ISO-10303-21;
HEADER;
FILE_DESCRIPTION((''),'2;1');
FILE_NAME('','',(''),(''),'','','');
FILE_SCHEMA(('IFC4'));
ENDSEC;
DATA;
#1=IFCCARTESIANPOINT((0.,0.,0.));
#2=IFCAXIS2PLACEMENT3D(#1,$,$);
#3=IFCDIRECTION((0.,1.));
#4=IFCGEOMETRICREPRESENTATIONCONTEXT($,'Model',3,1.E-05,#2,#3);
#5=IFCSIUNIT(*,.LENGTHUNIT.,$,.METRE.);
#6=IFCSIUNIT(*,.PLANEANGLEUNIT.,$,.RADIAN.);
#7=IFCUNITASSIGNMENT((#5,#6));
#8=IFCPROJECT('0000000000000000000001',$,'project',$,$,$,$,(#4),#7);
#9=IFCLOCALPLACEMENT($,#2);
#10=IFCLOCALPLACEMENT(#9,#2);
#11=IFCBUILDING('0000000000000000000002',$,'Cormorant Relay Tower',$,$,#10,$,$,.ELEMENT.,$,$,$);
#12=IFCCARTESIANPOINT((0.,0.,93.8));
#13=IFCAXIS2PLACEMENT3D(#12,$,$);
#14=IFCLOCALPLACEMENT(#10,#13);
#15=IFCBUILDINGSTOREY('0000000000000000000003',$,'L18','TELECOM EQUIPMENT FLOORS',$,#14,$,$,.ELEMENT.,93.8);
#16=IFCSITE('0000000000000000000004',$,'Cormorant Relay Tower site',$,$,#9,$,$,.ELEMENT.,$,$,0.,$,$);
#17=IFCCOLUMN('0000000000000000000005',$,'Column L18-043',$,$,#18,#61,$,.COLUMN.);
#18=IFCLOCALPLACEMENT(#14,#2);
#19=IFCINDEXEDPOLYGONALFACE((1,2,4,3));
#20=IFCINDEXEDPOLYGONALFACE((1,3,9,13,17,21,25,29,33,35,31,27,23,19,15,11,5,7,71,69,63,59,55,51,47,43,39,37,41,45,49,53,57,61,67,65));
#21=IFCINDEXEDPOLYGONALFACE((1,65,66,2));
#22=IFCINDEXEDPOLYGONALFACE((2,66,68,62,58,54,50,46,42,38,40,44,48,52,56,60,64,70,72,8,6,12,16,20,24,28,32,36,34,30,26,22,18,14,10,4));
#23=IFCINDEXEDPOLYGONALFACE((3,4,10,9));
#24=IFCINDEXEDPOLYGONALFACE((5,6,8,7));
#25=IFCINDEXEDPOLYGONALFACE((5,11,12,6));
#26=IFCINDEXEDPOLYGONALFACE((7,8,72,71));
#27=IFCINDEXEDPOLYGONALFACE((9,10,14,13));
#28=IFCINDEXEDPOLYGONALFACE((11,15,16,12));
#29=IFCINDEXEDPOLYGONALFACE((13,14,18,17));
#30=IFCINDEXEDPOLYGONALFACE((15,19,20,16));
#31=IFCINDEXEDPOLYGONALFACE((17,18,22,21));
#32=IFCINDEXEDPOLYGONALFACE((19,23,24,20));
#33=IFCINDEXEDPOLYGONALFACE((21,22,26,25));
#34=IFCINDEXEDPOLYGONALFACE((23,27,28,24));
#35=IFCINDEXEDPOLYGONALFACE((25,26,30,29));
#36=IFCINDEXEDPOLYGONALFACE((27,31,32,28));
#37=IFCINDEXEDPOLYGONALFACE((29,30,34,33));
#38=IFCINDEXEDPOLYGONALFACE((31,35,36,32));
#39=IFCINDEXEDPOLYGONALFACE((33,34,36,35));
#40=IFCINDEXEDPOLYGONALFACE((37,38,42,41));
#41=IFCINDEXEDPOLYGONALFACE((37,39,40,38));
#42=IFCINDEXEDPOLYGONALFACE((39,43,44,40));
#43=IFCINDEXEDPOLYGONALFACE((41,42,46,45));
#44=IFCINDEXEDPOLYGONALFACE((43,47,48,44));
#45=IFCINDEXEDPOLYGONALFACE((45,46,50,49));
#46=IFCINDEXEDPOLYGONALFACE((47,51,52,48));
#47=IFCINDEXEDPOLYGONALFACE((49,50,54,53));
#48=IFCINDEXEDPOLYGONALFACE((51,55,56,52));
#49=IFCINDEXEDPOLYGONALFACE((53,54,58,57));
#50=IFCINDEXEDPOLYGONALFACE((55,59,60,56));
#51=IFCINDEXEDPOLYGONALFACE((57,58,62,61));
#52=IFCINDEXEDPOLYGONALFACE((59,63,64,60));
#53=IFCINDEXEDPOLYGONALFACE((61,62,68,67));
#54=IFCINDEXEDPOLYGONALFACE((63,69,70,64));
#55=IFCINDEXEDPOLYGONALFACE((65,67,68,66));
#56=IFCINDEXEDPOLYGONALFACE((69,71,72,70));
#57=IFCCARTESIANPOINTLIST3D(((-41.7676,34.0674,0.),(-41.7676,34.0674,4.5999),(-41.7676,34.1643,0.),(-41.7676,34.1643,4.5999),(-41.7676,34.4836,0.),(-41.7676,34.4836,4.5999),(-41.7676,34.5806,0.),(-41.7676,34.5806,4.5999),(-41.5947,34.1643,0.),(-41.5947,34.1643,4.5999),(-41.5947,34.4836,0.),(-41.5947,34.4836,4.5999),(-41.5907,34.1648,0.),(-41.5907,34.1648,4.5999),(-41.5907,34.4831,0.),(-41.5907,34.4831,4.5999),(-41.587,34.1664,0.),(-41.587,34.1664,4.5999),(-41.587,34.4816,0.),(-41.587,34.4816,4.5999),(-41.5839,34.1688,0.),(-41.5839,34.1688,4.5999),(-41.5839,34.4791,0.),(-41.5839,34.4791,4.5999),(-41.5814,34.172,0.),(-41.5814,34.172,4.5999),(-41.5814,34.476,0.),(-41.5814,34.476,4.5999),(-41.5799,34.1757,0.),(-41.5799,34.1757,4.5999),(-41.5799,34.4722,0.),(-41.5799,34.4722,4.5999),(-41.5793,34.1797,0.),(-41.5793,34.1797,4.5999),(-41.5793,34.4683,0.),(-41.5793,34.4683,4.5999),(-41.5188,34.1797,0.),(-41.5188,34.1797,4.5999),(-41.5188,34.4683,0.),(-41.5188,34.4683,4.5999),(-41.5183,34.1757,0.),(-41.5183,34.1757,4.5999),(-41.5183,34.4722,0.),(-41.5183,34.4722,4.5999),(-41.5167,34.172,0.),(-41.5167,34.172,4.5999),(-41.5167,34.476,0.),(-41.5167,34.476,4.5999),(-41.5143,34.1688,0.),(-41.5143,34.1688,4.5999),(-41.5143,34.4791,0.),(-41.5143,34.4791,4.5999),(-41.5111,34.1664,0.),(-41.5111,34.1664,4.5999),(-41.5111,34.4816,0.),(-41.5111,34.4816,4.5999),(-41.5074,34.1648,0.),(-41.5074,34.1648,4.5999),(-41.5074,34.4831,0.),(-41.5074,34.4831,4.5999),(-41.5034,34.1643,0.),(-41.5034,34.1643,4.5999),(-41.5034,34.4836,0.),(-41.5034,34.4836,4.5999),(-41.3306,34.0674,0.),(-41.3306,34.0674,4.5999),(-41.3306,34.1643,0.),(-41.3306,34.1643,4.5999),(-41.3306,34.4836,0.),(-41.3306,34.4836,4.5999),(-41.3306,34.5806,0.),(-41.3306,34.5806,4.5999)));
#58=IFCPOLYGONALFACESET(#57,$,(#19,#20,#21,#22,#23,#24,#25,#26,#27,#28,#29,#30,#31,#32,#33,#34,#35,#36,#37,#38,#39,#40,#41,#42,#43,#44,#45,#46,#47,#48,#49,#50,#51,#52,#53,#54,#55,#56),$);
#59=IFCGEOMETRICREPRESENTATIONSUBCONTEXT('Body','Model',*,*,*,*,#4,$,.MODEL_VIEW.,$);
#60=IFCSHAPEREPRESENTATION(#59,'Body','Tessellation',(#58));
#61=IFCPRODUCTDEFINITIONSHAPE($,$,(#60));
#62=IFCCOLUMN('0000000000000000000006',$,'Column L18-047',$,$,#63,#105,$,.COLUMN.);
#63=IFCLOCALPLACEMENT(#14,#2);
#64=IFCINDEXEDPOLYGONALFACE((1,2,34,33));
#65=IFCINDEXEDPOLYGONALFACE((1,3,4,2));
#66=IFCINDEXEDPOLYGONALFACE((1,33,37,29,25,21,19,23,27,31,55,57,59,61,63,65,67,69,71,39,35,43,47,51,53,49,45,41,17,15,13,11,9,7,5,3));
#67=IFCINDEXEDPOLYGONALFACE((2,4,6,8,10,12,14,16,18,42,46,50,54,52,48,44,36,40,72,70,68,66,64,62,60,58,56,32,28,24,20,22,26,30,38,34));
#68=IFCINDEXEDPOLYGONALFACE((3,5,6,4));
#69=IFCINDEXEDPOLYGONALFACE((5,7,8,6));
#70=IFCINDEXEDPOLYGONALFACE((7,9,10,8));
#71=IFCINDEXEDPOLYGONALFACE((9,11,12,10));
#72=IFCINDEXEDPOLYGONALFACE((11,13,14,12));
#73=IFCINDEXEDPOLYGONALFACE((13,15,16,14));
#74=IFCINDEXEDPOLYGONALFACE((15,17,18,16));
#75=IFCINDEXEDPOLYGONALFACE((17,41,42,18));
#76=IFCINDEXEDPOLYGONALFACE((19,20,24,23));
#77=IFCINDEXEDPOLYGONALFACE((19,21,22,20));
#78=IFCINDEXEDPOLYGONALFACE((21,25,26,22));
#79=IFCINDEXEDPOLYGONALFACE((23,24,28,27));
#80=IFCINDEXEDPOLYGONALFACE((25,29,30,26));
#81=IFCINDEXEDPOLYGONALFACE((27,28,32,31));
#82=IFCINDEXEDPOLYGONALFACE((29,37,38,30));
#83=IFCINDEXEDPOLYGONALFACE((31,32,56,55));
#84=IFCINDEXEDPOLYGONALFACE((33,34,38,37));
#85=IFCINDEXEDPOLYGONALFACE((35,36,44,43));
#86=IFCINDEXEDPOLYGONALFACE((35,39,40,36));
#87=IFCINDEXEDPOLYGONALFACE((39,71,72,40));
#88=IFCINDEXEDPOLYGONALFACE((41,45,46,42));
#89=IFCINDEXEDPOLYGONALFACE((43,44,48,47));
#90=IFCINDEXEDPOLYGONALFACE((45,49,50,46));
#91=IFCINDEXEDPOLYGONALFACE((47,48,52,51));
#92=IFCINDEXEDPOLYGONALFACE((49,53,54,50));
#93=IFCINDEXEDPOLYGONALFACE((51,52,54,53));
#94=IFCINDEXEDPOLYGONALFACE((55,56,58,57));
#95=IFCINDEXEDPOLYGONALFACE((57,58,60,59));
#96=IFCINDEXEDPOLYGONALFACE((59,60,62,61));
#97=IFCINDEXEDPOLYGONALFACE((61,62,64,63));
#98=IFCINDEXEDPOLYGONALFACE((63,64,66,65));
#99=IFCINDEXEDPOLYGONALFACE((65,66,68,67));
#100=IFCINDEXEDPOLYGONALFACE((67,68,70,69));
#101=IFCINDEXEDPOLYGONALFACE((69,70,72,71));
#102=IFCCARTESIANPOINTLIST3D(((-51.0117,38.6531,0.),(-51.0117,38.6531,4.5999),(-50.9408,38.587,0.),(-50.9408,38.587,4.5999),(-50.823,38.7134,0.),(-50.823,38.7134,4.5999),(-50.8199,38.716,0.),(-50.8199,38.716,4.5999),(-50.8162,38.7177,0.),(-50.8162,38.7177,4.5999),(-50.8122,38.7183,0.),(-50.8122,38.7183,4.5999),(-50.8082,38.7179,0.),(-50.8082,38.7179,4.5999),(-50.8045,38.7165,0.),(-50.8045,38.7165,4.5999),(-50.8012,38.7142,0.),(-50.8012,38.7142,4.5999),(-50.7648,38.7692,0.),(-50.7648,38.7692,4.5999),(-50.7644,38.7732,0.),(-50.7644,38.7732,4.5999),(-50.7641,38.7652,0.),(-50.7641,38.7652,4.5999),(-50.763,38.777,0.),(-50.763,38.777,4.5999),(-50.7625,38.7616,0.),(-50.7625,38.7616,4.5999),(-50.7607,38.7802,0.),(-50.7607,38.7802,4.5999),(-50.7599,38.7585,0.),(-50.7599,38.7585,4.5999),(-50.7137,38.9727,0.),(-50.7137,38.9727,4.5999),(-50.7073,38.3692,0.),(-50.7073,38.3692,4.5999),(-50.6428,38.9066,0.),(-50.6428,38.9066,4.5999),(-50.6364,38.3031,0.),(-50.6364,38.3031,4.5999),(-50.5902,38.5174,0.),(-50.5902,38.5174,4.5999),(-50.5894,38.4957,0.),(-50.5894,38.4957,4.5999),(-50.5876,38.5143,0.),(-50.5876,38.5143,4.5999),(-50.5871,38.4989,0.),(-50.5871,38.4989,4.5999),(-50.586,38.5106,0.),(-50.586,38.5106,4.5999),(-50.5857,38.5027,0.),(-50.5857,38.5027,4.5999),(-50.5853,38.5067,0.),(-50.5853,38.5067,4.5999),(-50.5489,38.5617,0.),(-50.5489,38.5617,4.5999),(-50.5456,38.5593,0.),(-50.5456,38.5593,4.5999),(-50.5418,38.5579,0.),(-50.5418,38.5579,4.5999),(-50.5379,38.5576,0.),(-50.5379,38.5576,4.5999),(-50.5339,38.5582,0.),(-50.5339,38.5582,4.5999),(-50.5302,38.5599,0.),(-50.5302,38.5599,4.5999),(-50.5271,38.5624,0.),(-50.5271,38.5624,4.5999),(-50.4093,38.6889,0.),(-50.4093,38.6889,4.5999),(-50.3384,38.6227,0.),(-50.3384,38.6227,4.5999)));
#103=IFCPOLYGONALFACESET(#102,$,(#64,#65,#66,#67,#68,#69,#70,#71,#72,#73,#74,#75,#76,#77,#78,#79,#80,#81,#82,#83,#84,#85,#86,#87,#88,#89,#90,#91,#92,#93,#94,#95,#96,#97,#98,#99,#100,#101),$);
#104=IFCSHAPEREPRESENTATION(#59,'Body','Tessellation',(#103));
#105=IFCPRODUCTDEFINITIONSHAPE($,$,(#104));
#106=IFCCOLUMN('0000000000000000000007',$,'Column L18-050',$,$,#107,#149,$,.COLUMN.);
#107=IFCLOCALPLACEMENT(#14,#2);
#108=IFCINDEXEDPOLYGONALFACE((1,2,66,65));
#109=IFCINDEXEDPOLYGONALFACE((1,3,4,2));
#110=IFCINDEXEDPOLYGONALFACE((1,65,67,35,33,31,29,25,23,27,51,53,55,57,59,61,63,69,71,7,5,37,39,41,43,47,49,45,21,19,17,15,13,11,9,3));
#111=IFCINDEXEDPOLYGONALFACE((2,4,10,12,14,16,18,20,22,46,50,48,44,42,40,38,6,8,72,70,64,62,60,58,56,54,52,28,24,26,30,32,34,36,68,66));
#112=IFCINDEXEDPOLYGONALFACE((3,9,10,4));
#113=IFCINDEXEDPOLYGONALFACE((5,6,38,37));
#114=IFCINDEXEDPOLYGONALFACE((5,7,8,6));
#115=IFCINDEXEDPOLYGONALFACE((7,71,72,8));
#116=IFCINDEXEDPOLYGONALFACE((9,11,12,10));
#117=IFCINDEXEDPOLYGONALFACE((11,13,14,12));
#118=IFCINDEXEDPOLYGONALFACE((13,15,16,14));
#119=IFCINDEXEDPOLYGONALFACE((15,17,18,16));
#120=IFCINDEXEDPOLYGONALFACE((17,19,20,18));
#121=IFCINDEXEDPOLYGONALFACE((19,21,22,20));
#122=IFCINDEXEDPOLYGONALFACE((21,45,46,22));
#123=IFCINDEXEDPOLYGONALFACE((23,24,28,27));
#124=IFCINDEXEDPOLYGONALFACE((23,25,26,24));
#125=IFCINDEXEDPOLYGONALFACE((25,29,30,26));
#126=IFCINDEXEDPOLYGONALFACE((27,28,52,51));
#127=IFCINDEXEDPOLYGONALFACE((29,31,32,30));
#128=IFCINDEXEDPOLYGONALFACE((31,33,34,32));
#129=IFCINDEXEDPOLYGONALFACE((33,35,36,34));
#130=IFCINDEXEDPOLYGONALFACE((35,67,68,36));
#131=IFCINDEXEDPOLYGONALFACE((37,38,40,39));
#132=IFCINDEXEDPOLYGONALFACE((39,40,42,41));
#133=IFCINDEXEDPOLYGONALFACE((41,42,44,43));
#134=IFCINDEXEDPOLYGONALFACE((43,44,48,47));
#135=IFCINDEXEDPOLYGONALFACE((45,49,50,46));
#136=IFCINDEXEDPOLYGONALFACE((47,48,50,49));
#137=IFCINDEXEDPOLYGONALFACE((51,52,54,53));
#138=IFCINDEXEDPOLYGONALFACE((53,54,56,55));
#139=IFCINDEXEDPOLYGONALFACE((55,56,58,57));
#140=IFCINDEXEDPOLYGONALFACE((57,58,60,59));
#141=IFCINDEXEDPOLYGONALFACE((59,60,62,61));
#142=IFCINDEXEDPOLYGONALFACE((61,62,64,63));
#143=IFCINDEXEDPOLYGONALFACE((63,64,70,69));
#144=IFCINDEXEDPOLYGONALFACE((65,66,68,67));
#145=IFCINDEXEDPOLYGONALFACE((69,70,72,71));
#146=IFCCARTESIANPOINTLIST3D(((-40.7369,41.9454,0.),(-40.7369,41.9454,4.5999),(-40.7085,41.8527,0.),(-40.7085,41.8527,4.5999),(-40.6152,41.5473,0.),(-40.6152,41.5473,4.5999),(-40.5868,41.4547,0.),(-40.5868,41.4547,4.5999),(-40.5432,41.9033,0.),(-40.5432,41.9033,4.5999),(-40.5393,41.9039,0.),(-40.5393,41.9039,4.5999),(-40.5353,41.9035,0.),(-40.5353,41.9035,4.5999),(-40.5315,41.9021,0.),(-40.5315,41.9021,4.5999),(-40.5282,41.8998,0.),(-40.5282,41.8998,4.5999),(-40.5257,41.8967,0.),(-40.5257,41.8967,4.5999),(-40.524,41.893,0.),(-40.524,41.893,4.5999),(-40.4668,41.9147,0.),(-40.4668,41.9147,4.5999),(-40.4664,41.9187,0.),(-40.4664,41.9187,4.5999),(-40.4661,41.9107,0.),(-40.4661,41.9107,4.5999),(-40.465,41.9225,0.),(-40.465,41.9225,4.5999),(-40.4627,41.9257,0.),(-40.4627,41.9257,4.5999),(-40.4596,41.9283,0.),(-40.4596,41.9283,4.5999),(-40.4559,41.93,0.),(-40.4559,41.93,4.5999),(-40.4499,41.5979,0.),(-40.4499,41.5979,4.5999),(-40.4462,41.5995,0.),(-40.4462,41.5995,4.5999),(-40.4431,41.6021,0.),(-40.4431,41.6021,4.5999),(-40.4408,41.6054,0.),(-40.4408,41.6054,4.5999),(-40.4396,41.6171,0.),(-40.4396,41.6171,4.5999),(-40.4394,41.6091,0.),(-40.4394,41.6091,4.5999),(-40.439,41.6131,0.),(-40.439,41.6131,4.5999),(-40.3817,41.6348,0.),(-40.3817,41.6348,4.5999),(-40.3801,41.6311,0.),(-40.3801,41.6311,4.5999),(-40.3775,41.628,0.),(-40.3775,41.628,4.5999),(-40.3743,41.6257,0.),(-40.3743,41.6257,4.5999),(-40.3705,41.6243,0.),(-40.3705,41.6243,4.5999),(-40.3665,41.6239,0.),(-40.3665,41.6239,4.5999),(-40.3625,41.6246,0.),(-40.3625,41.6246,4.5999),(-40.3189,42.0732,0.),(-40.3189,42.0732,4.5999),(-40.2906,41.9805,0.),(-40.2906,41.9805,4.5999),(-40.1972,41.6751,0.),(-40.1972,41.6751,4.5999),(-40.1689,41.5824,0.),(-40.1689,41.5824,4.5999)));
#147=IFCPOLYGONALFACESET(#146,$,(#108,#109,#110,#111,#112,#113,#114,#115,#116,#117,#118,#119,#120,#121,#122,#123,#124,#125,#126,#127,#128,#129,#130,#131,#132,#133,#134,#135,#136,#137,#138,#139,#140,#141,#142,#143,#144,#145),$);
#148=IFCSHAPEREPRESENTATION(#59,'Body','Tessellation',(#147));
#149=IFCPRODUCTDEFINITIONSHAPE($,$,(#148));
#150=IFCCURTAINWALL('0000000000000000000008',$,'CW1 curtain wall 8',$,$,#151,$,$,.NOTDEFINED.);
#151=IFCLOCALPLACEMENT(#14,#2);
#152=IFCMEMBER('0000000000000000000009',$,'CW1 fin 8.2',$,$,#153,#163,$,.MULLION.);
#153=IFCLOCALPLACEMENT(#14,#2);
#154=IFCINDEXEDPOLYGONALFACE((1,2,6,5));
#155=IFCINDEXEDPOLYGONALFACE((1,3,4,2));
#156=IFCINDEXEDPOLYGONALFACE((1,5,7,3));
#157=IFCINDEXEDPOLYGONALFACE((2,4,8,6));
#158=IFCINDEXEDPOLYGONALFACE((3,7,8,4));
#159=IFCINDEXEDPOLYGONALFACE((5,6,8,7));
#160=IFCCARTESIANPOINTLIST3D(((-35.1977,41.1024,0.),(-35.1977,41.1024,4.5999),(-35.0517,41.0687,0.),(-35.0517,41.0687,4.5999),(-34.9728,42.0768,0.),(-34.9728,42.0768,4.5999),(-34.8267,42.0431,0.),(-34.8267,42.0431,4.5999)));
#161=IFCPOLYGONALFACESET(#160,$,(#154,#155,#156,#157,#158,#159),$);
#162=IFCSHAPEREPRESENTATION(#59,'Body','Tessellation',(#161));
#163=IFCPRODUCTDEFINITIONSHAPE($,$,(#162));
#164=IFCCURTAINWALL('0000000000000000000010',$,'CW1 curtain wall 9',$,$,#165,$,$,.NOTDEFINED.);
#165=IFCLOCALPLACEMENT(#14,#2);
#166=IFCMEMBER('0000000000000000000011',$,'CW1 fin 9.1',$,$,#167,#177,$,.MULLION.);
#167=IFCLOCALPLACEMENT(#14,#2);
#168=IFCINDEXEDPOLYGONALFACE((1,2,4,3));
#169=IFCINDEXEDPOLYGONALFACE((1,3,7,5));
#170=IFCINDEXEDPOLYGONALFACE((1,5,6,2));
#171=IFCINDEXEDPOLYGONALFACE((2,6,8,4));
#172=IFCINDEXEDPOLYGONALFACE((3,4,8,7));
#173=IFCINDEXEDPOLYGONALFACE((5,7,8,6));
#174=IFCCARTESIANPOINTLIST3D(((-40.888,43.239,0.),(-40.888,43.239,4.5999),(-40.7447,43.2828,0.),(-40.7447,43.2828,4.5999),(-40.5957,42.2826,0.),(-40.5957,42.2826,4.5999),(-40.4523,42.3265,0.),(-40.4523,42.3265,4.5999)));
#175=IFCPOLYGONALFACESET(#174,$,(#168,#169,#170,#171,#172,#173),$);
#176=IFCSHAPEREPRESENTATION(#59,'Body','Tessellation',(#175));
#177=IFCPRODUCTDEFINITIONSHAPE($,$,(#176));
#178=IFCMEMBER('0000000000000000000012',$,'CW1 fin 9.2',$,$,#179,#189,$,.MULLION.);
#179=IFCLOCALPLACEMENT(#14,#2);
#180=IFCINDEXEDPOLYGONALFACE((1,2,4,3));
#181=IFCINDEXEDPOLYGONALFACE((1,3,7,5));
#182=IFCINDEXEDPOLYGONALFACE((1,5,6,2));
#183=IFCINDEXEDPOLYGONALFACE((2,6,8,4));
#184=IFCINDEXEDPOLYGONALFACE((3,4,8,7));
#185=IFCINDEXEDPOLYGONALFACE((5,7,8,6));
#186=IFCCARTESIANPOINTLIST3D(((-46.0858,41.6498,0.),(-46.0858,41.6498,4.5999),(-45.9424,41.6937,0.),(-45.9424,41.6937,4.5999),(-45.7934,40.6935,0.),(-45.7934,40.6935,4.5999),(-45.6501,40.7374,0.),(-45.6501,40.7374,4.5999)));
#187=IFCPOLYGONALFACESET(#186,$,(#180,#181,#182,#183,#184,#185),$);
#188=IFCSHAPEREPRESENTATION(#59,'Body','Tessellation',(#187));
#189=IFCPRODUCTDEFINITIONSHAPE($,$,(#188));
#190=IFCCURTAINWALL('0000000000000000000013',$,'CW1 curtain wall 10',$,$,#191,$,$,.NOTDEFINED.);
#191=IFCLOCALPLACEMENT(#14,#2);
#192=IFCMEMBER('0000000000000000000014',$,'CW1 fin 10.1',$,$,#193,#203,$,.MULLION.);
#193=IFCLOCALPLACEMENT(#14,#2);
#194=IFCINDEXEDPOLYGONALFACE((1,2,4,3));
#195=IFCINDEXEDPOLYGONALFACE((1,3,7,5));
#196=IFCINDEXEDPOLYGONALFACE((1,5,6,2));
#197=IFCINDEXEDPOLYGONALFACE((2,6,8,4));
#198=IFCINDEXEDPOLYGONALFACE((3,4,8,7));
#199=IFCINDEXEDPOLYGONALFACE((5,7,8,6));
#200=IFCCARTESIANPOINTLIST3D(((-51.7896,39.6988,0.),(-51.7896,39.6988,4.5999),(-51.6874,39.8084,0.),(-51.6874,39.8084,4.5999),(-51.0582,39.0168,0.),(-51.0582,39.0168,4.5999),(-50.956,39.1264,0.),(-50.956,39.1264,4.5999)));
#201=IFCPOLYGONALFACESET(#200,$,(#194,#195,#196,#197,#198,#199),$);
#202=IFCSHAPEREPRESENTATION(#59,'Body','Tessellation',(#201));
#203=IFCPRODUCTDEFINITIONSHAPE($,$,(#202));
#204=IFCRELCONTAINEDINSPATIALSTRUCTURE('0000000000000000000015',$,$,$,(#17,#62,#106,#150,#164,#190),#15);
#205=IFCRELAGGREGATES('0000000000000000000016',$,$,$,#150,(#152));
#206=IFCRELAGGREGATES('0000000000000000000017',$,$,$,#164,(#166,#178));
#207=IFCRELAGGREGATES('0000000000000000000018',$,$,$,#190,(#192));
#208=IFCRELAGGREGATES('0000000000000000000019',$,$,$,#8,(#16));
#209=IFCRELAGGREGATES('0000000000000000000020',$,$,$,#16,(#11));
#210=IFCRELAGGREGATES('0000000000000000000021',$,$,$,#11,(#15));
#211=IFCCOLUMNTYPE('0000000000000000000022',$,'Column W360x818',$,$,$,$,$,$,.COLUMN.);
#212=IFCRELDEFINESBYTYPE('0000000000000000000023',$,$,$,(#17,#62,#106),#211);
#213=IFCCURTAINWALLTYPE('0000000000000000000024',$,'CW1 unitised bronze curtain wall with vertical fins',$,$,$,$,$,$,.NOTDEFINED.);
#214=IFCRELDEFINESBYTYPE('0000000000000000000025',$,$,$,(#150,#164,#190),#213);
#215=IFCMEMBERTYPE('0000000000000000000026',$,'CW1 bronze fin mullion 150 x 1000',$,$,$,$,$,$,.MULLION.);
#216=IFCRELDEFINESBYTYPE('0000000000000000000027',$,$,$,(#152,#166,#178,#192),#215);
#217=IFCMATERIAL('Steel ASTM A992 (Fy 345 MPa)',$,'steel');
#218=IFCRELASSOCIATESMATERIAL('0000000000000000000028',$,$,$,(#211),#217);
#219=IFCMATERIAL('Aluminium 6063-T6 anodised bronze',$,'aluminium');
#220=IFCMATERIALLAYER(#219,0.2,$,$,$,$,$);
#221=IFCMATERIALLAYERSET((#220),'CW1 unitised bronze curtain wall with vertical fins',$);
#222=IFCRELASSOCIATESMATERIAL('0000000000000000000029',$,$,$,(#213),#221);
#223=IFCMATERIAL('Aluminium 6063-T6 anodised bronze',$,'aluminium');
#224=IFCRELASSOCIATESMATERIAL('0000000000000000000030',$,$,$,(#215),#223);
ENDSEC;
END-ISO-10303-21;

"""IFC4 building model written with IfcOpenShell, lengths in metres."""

from ifc_helpers import new_model, si_unit, direction, frame, origin, origin_2d, place, context, subcontext, project, spatial, rectangle, i_section, extrude, material, layer, layer_set, material_profile, profile_set, type_object, element, aggregate, save


model = new_model("IFC4")

# Units and contexts
model_context = context("Model", 3, precision=1e-05, world=origin(), true_north=direction((0.0, 1.0)))
body_context = subcontext(model_context, "Body", "Model", "MODEL_VIEW")
ifc_project = project(units=[si_unit("LENGTHUNIT", "METRE"), si_unit("PLANEANGLEUNIT", "RADIAN")], contexts=[model_context])

# Site, building, storey
site_placement = place(None, origin())
site = spatial("IfcSite", under=ifc_project, at=site_placement, Name="Cormorant Relay Tower site", CompositionType="ELEMENT", RefElevation=0.0)
building_placement = place(site_placement, origin())
building = spatial("IfcBuilding", under=site, at=building_placement, Name="Cormorant Relay Tower", CompositionType="ELEMENT")
storey_placement = place(building_placement, frame((0.0, 0.0, 93.8)))
storey = spatial("IfcBuildingStorey", under=building, at=storey_placement, Name="L18", Description="TELECOM EQUIPMENT FLOORS", CompositionType="ELEMENT", Elevation=93.8)

# Columns
ifc_material_1 = material(Name="Steel ASTM A992 (Fy 345 MPa)", Category="steel")
ifc_material_profile_1 = material_profile(ifc_material_1, i_section(OverallWidth=0.437, OverallDepth=0.5132, WebThickness=0.0605, FlangeThickness=0.0969, FilletRadius=0.0154, at=origin_2d()), Name="W360x818")
ifc_profile_set_1 = profile_set([ifc_material_profile_1], Name="Steel ASTM A992 (Fy 345 MPa)")
column_type = type_object("IfcColumnType", Name="Column W360x818", PredefinedType="COLUMN", material=ifc_profile_set_1)
for number, where, z_axis, x_axis, name in (
    (1, (-41.5491, 34.324, 0.0), (0.0, 0.0, 1.0), (1.0, 0.0, 0.0), "Column L18-043"),
    (2, (-50.675, 38.6379, 0.0), (0.0, 0.0, 1.0), (-0.681998, -0.731354, 0.0), "Column L18-047"),
    (3, (-40.4529, 41.7639, 0.0), (0.0, 0.0, 1.0), (-0.956305, -0.292372, 0.0), "Column L18-050"),
):
    element("IfcColumn", number, at=place(storey_placement, frame(where, z_axis=z_axis, x_axis=x_axis)), inside=storey, type_object=column_type, Name=name, PredefinedType="COLUMN", context=body_context, shape_type="SweptSolid", body=[
        extrude(i_section(OverallWidth=0.437, OverallDepth=0.5132, WebThickness=0.0605, FlangeThickness=0.0969, FilletRadius=0.0154, at=origin_2d()), origin(), (0.0, 0.0, 1.0), 4.5999),
    ])

# Curtain wall, member
ifc_material_2 = material(Name="Aluminium 6063-T6 anodised bronze", Category="aluminium")
ifc_layer_1 = layer(ifc_material_2, 0.2)
ifc_layer_set_1 = layer_set([ifc_layer_1], Name="CW1 unitised bronze curtain wall with vertical fins")
curtain_wall_type = type_object("IfcCurtainWallType", Name="CW1 unitised bronze curtain wall with vertical fins", PredefinedType="NOTDEFINED", material=ifc_layer_set_1)
curtain_wall_1_placement = place(storey_placement, origin())
curtain_wall_1 = element("IfcCurtainWall", 4, at=curtain_wall_1_placement, inside=storey, type_object=curtain_wall_type, Name="CW1 curtain wall 8", PredefinedType="NOTDEFINED")
ifc_material_3 = material(Name="Aluminium 6063-T6 anodised bronze", Category="aluminium")
ifc_material_profile_2 = material_profile(ifc_material_3, rectangle(XDim=0.1499, YDim=1.0, at=origin_2d()), Name="AL 150x1000")
ifc_profile_set_2 = profile_set([ifc_material_profile_2], Name="Aluminium 6063-T6 anodised bronze")
member_type_1 = type_object("IfcMemberType", Name="CW1 bronze fin mullion 150 x 1000", PredefinedType="MULLION", material=ifc_profile_set_2)
member_1_placement = place(storey_placement, frame((-35.0122, 41.5728, 0.0), z_axis=(0.0, 0.0, 1.0), x_axis=(-0.97437, 0.224951, 0.0)))
member_1 = element("IfcMember", 5, at=member_1_placement, type_object=member_type_1, Name="CW1 fin 8.2", PredefinedType="MULLION", context=body_context, shape_type="SweptSolid", body=[
    extrude(rectangle(XDim=0.1499, YDim=1.0, at=origin_2d()), origin(), (0.0, 0.0, 1.0), 4.5999),
])

# Curtain walls, members
curtain_wall_2_placement = place(storey_placement, origin())
curtain_wall_2 = element("IfcCurtainWall", 6, at=curtain_wall_2_placement, inside=storey, type_object=curtain_wall_type, Name="CW1 curtain wall 9", PredefinedType="NOTDEFINED")
member_2_placement = place(storey_placement, frame((-40.6702, 42.7827, 0.0), z_axis=(0.0, 0.0, 1.0), x_axis=(-0.956305, -0.292372, 0.0)))
member_2 = element("IfcMember", 7, at=member_2_placement, type_object=member_type_1, Name="CW1 fin 9.1", PredefinedType="MULLION", context=body_context, shape_type="SweptSolid", body=[
    extrude(rectangle(XDim=0.1499, YDim=1.0, at=origin_2d()), origin(), (0.0, 0.0, 1.0), 4.5999),
])
member_3_placement = place(storey_placement, frame((-45.8679, 41.1936, 0.0), z_axis=(0.0, 0.0, 1.0), x_axis=(-0.956305, -0.292372, 0.0)))
member_3 = element("IfcMember", 8, at=member_3_placement, type_object=member_type_1, Name="CW1 fin 9.2", PredefinedType="MULLION", context=body_context, shape_type="SweptSolid", body=[
    extrude(rectangle(XDim=0.1499, YDim=1.0, at=origin_2d()), origin(), (0.0, 0.0, 1.0), 4.5999),
])
curtain_wall_3_placement = place(storey_placement, origin())
curtain_wall_3 = element("IfcCurtainWall", 9, at=curtain_wall_3_placement, inside=storey, type_object=curtain_wall_type, Name="CW1 curtain wall 10", PredefinedType="NOTDEFINED")
member_4_placement = place(storey_placement, frame((-51.3728, 39.4126, 0.0), z_axis=(0.0, 0.0, 1.0), x_axis=(-0.681998, -0.731354, 0.0)))
member_4 = element("IfcMember", 10, at=member_4_placement, type_object=member_type_1, Name="CW1 fin 10.1", PredefinedType="MULLION", context=body_context, shape_type="SweptSolid", body=[
    extrude(rectangle(XDim=0.1499, YDim=1.0, at=origin_2d()), origin(), (0.0, 0.0, 1.0), 4.5999),
])

aggregate(curtain_wall_1, [member_1])
aggregate(curtain_wall_2, [member_2, member_3])
aggregate(curtain_wall_3, [member_4])

save(model, "model.ifc")
